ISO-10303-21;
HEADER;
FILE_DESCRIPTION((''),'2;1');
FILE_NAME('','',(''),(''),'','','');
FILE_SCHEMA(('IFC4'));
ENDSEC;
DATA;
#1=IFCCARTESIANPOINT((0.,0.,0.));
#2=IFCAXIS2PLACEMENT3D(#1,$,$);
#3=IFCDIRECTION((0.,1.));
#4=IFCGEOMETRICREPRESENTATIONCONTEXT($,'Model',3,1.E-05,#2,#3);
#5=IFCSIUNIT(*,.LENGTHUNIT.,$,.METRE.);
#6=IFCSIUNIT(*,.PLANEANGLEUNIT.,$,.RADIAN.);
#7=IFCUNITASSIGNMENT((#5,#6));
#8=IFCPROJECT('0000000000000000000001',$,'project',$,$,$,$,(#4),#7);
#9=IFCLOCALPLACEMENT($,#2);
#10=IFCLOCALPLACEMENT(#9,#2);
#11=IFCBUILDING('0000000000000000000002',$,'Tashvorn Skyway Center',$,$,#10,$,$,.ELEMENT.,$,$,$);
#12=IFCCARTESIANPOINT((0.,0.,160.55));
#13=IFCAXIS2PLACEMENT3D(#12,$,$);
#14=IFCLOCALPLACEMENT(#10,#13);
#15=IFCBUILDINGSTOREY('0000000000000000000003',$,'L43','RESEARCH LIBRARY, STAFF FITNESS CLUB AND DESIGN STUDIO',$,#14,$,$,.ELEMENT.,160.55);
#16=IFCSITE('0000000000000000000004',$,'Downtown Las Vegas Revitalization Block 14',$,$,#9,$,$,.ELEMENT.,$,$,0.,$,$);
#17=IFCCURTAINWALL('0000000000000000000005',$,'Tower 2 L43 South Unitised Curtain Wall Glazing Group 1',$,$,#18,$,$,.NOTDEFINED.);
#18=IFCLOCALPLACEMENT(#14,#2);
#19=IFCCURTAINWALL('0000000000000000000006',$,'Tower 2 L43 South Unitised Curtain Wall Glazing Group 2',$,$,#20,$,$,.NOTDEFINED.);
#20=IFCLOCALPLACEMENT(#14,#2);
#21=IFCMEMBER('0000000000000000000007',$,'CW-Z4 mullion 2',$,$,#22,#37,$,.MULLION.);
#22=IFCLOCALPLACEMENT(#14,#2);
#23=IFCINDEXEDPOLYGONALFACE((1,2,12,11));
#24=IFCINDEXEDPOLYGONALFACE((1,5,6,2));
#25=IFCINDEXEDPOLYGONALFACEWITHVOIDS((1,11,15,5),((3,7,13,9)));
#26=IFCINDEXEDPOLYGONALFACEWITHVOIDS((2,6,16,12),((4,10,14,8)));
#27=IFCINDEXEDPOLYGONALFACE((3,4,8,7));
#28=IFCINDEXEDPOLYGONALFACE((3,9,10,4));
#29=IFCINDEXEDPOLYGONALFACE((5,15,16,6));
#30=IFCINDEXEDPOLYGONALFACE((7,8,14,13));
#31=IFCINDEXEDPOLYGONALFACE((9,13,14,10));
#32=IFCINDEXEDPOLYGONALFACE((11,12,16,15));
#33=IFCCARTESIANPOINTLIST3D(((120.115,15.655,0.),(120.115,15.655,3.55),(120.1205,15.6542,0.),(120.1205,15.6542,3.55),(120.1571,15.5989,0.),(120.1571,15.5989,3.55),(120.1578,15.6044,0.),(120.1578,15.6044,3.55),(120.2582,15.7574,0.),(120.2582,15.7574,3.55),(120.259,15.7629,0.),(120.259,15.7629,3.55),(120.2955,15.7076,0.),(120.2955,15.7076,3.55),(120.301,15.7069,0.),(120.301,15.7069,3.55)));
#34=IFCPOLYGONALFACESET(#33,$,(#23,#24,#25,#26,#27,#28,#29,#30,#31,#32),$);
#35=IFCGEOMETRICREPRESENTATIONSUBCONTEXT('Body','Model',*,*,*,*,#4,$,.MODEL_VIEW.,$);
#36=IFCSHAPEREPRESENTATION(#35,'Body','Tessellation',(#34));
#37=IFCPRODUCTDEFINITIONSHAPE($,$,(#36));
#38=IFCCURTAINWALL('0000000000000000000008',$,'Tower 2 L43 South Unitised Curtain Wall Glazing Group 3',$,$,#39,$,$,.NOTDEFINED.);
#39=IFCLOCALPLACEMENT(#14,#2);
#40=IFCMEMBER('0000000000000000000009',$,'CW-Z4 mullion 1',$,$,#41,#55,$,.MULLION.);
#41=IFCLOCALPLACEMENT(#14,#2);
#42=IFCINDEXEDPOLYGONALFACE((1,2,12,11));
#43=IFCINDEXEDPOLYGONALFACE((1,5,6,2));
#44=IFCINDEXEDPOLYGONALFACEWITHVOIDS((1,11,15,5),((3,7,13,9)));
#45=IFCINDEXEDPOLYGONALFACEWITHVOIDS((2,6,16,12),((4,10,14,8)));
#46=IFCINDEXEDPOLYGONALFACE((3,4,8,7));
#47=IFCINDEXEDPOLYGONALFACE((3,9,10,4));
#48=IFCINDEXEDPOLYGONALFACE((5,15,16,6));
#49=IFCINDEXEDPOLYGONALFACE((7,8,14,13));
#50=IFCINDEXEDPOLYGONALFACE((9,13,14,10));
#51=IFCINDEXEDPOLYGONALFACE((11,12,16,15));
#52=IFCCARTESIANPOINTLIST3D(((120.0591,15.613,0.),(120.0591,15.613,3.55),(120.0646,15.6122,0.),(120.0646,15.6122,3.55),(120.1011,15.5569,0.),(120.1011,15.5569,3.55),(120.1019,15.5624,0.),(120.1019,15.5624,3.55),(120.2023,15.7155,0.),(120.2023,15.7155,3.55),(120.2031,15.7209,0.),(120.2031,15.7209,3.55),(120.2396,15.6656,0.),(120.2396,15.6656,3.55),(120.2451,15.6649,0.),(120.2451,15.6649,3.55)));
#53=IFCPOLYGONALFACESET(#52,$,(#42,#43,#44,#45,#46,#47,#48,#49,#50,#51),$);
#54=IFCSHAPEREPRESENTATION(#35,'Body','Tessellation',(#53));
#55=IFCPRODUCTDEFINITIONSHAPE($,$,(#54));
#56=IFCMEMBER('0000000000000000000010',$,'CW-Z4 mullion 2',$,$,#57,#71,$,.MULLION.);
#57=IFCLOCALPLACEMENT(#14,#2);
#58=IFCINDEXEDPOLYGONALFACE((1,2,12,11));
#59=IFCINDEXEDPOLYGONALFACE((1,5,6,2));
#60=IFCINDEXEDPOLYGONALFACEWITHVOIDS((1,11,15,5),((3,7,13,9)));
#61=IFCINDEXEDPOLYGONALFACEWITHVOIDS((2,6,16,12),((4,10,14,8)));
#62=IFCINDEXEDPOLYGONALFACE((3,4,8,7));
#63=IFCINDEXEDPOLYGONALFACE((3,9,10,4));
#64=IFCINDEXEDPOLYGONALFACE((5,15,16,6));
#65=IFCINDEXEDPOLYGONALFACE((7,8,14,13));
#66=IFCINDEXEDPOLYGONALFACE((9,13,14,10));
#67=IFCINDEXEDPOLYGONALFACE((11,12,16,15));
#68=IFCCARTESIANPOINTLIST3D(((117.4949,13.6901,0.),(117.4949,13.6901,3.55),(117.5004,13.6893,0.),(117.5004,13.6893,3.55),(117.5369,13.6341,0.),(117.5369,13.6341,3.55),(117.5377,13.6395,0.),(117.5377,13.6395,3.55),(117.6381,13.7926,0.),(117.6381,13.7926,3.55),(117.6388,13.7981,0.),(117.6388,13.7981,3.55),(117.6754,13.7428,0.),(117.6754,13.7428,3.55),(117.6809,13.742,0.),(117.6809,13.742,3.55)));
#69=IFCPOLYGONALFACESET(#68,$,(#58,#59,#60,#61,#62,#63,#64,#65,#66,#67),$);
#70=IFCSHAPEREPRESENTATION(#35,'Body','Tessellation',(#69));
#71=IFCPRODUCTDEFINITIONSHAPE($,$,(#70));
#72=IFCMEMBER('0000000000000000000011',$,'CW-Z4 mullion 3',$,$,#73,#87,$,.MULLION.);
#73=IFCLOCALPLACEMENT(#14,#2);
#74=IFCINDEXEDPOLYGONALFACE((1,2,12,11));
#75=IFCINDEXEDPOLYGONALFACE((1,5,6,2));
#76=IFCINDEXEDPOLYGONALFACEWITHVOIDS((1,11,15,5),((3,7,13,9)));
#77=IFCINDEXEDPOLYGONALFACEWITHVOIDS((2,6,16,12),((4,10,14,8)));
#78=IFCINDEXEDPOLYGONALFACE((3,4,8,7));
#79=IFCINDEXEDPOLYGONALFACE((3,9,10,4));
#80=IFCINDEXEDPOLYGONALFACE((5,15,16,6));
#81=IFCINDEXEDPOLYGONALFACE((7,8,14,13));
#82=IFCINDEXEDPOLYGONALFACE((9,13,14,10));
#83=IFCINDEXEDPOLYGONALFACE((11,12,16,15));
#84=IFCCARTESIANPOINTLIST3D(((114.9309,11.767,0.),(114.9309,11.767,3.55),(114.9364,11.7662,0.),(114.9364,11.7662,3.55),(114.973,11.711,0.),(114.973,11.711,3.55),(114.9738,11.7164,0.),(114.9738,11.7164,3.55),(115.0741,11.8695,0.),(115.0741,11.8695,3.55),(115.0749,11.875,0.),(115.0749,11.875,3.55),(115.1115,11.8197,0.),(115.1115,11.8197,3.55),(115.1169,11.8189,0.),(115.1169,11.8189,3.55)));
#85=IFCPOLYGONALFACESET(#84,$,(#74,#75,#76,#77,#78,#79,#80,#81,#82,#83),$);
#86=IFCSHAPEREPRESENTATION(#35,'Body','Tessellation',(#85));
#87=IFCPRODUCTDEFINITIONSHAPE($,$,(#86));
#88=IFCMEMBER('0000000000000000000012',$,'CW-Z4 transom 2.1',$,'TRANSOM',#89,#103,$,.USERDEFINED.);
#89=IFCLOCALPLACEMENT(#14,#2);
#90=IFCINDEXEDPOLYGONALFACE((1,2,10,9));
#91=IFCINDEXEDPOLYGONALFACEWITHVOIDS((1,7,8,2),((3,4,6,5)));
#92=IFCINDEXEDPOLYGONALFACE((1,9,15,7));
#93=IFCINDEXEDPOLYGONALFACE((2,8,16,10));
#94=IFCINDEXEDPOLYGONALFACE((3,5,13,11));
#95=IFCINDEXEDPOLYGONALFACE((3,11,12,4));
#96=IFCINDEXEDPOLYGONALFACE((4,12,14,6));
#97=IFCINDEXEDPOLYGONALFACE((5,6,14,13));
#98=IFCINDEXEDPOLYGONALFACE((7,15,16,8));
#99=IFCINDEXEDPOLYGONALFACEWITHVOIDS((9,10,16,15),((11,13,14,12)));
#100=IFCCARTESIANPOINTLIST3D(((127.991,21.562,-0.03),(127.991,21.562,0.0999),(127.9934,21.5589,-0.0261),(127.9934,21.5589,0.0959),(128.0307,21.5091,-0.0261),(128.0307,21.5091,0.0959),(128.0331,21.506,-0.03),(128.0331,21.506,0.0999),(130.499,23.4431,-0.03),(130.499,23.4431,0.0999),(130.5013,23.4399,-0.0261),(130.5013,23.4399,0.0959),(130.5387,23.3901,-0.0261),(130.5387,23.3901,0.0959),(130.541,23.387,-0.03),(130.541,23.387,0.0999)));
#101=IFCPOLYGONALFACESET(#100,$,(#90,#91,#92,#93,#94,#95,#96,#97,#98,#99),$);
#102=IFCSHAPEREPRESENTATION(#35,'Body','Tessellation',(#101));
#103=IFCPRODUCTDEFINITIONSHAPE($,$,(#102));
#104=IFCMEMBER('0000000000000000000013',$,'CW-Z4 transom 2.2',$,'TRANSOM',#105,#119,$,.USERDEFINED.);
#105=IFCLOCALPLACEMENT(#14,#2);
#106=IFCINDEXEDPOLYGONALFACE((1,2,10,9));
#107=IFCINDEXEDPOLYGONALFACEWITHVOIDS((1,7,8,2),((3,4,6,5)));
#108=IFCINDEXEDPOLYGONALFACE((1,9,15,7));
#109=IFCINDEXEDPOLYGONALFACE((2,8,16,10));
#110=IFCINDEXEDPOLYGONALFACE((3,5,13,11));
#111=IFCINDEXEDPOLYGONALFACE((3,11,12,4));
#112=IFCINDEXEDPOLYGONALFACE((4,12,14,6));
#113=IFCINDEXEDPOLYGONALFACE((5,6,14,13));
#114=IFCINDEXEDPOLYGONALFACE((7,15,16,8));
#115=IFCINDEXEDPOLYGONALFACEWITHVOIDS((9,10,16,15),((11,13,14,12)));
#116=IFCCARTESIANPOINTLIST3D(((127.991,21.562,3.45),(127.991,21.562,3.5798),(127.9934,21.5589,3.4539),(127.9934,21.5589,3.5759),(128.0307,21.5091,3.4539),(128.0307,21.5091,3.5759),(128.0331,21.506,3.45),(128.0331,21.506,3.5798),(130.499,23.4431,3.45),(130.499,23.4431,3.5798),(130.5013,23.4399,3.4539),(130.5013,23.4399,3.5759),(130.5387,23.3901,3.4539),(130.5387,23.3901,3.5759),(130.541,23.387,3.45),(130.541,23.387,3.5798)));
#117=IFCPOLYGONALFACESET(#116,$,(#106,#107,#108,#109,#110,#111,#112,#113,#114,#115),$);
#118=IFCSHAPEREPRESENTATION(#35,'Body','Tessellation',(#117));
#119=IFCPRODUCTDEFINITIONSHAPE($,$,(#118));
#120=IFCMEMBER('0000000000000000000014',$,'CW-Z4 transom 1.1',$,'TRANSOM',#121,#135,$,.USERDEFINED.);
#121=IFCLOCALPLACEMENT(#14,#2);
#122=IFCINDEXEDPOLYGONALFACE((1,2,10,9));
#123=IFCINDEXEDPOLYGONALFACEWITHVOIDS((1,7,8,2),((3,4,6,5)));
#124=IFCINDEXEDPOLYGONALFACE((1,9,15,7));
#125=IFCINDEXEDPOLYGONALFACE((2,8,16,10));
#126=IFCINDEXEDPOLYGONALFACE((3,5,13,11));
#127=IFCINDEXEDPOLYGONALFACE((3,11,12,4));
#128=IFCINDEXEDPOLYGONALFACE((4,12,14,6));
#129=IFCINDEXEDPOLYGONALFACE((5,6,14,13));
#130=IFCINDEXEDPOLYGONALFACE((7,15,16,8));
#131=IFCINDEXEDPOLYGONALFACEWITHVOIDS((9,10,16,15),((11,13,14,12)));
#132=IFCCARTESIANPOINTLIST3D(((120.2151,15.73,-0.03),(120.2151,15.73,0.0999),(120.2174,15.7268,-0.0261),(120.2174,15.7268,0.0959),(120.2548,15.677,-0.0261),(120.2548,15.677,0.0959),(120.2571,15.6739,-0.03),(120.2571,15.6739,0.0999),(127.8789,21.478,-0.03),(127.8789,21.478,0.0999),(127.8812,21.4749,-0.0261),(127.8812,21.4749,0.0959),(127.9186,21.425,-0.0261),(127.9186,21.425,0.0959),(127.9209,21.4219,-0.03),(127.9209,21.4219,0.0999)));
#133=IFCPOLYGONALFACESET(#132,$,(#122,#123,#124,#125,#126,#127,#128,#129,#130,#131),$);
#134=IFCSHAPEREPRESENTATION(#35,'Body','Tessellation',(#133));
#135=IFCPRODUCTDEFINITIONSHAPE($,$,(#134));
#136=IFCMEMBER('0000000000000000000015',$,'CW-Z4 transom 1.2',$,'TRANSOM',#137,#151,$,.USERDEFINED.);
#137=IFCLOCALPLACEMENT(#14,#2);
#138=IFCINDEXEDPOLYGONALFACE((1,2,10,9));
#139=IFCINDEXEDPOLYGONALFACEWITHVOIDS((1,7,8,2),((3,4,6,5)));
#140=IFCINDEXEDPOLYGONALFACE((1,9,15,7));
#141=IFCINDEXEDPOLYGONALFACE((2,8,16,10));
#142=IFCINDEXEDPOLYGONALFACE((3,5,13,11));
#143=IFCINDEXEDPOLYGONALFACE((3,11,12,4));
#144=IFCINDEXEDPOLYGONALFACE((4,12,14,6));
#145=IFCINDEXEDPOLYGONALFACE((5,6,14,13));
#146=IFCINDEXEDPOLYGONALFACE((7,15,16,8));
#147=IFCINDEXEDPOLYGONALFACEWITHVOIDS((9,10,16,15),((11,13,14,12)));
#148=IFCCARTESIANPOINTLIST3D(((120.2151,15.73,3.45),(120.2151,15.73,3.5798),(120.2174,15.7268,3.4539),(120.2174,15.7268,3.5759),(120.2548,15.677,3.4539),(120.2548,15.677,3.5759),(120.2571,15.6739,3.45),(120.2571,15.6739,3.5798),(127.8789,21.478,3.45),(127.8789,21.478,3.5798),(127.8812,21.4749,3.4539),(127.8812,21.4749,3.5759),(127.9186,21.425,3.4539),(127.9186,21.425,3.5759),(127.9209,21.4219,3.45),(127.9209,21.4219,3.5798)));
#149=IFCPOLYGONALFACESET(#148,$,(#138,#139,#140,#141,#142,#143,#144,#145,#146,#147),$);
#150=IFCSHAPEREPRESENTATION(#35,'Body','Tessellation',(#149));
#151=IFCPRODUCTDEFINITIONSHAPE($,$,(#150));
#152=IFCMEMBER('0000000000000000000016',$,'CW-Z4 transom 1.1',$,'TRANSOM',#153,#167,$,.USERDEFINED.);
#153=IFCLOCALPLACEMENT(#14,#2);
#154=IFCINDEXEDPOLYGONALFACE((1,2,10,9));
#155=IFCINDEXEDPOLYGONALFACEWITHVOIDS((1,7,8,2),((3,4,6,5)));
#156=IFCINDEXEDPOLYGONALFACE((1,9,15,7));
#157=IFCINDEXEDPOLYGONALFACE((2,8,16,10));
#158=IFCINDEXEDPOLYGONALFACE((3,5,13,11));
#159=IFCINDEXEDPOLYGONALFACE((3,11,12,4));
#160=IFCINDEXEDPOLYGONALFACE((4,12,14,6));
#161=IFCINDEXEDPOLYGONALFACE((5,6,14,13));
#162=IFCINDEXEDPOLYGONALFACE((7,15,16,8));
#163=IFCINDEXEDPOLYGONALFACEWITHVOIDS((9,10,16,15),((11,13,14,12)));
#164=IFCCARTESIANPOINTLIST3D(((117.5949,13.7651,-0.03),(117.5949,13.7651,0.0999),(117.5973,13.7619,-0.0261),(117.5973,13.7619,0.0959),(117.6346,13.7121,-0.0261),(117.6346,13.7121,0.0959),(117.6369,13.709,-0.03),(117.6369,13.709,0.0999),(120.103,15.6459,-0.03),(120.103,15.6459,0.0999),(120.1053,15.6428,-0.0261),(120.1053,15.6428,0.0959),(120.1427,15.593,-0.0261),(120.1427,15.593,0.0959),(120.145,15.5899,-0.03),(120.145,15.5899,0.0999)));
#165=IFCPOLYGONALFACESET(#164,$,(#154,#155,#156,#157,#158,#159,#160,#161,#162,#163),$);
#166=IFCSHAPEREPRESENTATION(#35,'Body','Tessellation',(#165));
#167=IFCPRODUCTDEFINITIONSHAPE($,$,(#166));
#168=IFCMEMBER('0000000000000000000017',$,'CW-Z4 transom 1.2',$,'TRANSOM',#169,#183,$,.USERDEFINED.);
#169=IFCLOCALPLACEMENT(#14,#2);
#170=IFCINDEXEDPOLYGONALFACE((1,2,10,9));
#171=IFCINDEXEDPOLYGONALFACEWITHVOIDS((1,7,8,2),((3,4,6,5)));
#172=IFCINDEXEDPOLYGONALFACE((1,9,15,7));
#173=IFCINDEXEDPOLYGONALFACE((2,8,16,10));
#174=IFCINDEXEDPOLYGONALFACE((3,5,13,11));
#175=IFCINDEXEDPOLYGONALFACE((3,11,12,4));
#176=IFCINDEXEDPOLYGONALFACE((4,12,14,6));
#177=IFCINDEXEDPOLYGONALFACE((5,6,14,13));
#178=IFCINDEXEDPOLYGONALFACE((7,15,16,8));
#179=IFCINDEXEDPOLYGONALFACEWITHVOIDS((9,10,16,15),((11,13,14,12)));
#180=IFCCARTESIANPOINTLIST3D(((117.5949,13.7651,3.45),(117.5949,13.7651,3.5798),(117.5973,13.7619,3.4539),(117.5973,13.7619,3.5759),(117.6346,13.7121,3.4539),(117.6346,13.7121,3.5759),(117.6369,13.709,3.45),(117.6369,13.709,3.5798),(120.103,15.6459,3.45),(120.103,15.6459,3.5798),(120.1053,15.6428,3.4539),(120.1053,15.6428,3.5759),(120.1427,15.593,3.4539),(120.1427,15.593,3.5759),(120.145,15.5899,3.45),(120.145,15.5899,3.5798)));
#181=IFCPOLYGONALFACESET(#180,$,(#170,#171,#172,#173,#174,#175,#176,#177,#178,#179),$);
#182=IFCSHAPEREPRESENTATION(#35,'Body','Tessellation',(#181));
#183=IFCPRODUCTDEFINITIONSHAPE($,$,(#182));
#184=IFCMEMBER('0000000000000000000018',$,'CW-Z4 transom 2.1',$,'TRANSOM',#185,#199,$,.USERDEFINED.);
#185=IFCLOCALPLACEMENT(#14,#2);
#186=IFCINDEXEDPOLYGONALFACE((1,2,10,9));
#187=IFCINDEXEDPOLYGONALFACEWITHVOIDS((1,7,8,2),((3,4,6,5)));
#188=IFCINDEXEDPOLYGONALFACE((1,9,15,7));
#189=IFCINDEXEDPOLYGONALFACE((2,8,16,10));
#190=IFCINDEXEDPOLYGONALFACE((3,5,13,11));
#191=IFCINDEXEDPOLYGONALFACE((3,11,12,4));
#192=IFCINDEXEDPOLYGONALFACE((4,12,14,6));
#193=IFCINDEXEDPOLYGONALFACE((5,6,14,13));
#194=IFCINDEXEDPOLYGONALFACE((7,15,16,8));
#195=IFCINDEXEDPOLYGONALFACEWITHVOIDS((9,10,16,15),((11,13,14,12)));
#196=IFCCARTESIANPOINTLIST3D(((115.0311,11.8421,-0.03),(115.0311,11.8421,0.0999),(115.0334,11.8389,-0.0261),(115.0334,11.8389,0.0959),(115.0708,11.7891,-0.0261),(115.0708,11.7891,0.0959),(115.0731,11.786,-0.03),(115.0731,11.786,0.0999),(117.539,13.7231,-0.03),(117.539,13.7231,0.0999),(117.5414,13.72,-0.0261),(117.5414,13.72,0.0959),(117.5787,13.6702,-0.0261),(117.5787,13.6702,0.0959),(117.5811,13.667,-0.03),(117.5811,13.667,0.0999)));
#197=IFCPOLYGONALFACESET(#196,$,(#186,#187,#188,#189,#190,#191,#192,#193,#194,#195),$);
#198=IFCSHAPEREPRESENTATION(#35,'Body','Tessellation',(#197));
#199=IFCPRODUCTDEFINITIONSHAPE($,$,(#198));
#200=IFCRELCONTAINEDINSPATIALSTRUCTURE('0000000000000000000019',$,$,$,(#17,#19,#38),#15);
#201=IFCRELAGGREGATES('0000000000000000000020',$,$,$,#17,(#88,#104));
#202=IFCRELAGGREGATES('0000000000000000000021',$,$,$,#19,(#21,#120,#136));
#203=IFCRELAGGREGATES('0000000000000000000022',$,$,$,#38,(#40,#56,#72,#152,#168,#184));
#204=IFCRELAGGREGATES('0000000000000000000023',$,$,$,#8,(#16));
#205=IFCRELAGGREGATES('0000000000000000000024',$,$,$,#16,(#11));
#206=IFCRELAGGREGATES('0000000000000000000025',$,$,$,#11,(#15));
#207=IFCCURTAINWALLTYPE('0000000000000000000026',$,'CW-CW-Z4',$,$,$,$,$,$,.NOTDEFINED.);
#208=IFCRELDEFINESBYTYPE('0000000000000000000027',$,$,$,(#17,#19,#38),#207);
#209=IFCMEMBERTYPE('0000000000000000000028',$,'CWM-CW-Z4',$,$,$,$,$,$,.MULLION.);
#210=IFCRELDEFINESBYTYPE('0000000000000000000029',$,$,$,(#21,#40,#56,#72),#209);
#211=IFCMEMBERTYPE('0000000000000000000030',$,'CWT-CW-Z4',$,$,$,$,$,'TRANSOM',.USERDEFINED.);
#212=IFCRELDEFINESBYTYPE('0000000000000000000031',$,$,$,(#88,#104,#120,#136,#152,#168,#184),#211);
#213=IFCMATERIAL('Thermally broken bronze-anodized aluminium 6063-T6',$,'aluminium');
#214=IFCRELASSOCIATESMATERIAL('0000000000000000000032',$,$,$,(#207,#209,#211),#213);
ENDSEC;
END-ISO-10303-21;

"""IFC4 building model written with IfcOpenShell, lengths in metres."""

from ifc_helpers import new_model, si_unit, direction, frame, origin, origin_2d, place, context, subcontext, project, spatial, hollow_rectangle, extrude, material, material_profile, profile_set, type_object, element, aggregate, save


model = new_model("IFC4")

# Units and contexts
model_context = context("Model", 3, precision=1e-05, world=origin(), true_north=direction((0.0, 1.0)))
body_context = subcontext(model_context, "Body", "Model", "MODEL_VIEW")
ifc_project = project(units=[si_unit("LENGTHUNIT", "METRE"), si_unit("PLANEANGLEUNIT", "RADIAN")], contexts=[model_context])

# Site, building, storey
site_placement = place(None, origin())
site = spatial("IfcSite", under=ifc_project, at=site_placement, Name="Downtown Las Vegas Revitalization Block 14", CompositionType="ELEMENT", RefElevation=0.0)
building_placement = place(site_placement, origin())
building = spatial("IfcBuilding", under=site, at=building_placement, Name="Tashvorn Skyway Center", CompositionType="ELEMENT")
storey_placement = place(building_placement, frame((0.0, 0.0, 160.55)))
storey = spatial("IfcBuildingStorey", under=building, at=storey_placement, Name="L43", Description="RESEARCH LIBRARY, STAFF FITNESS CLUB AND DESIGN STUDIO", CompositionType="ELEMENT", Elevation=160.55)

# Curtain walls, members
ifc_material_1 = material(Name="Thermally broken bronze-anodized aluminium 6063-T6", Category="aluminium")
curtain_wall_type = type_object("IfcCurtainWallType", Name="CW-CW-Z4", PredefinedType="NOTDEFINED", material=ifc_material_1)
curtain_wall_1_placement = place(storey_placement, origin())
curtain_wall_1 = element("IfcCurtainWall", 1, at=curtain_wall_1_placement, inside=storey, type_object=curtain_wall_type, Name="Tower 2 L43 South Unitised Curtain Wall Glazing Group 1", PredefinedType="NOTDEFINED")
ifc_material_profile_1 = material_profile(ifc_material_1, hollow_rectangle(XDim=0.0701, YDim=0.1799, WallThickness=0.0039, at=origin_2d()), Name="ALU-MULL-70x180")
ifc_profile_set_1 = profile_set([ifc_material_profile_1], Name="Thermally broken bronze-anodized aluminium 6063-T6")
member_type_1 = type_object("IfcMemberType", Name="CWM-CW-Z4", PredefinedType="MULLION", material=ifc_profile_set_1)
curtain_wall_2_placement = place(storey_placement, origin())
curtain_wall_2 = element("IfcCurtainWall", 2, at=curtain_wall_2_placement, inside=storey, type_object=curtain_wall_type, Name="Tower 2 L43 South Unitised Curtain Wall Glazing Group 2", PredefinedType="NOTDEFINED")
member_1_placement = place(storey_placement, frame((120.208, 15.6809, 0.0), z_axis=(0.0, 0.0, 1.0), x_axis=(0.6, -0.8, 0.0)))
member_1 = element("IfcMember", 3, at=member_1_placement, type_object=member_type_1, Name="CW-Z4 mullion 2", PredefinedType="MULLION", context=body_context, shape_type="SweptSolid", body=[
    extrude(hollow_rectangle(XDim=0.0701, YDim=0.1799, WallThickness=0.0039, at=origin_2d()), origin(), (0.0, 0.0, 1.0), 3.55),
])
curtain_wall_3_placement = place(storey_placement, origin())
curtain_wall_3 = element("IfcCurtainWall", 4, at=curtain_wall_3_placement, inside=storey, type_object=curtain_wall_type, Name="Tower 2 L43 South Unitised Curtain Wall Glazing Group 3", PredefinedType="NOTDEFINED")
member_2_placement = place(storey_placement, frame((120.1521, 15.6389, 0.0), z_axis=(0.0, 0.0, 1.0), x_axis=(0.6, -0.8, 0.0)))
member_2 = element("IfcMember", 5, at=member_2_placement, type_object=member_type_1, Name="CW-Z4 mullion 1", PredefinedType="MULLION", context=body_context, shape_type="SweptSolid", body=[
    extrude(hollow_rectangle(XDim=0.0701, YDim=0.1799, WallThickness=0.0039, at=origin_2d()), origin(), (0.0, 0.0, 1.0), 3.55),
])
member_3_placement = place(storey_placement, frame((117.5879, 13.7161, 0.0), z_axis=(0.0, 0.0, 1.0), x_axis=(0.6, -0.8, 0.0)))
member_3 = element("IfcMember", 6, at=member_3_placement, type_object=member_type_1, Name="CW-Z4 mullion 2", PredefinedType="MULLION", context=body_context, shape_type="SweptSolid", body=[
    extrude(hollow_rectangle(XDim=0.0701, YDim=0.1799, WallThickness=0.0039, at=origin_2d()), origin(), (0.0, 0.0, 1.0), 3.55),
])
member_4_placement = place(storey_placement, frame((115.0239, 11.793, 0.0), z_axis=(0.0, 0.0, 1.0), x_axis=(0.6, -0.8, 0.0)))
member_4 = element("IfcMember", 7, at=member_4_placement, type_object=member_type_1, Name="CW-Z4 mullion 3", PredefinedType="MULLION", context=body_context, shape_type="SweptSolid", body=[
    extrude(hollow_rectangle(XDim=0.0701, YDim=0.1799, WallThickness=0.0039, at=origin_2d()), origin(), (0.0, 0.0, 1.0), 3.55),
])

# Members
ifc_material_profile_2 = material_profile(ifc_material_1, hollow_rectangle(XDim=0.0701, YDim=0.1299, WallThickness=0.0039, at=origin_2d()), Name="ALU-TRAN-70x130")
ifc_profile_set_2 = profile_set([ifc_material_profile_2], Name="Thermally broken bronze-anodized aluminium 6063-T6")
member_type_2 = type_object("IfcMemberType", Name="CWT-CW-Z4", ElementType="TRANSOM", PredefinedType="USERDEFINED", material=ifc_profile_set_2)
member_5_placement = place(storey_placement, frame((130.52, 23.415, 0.0349), z_axis=(-0.799991, -0.600012, 0.0), x_axis=(0.600012, -0.799991, 0.0)))
member_5 = element("IfcMember", 8, at=member_5_placement, type_object=member_type_2, Name="CW-Z4 transom 2.1", ObjectType="TRANSOM", PredefinedType="USERDEFINED", context=body_context, shape_type="SweptSolid", body=[
    extrude(hollow_rectangle(XDim=0.0701, YDim=0.1299, WallThickness=0.0039, at=origin_2d()), origin(), (0.0, 0.0, 1.0), 3.135),
])
member_6_placement = place(storey_placement, frame((130.52, 23.415, 3.5149), z_axis=(-0.799991, -0.600012, 0.0), x_axis=(0.600012, -0.799991, 0.0)))
member_6 = element("IfcMember", 9, at=member_6_placement, type_object=member_type_2, Name="CW-Z4 transom 2.2", ObjectType="TRANSOM", PredefinedType="USERDEFINED", context=body_context, shape_type="SweptSolid", body=[
    extrude(hollow_rectangle(XDim=0.0701, YDim=0.1299, WallThickness=0.0039, at=origin_2d()), origin(), (0.0, 0.0, 1.0), 3.135),
])
member_7_placement = place(storey_placement, frame((127.8999, 21.45, 0.0349), z_axis=(-0.799991, -0.600012, 0.0), x_axis=(0.600012, -0.799991, 0.0)))
member_7 = element("IfcMember", 10, at=member_7_placement, type_object=member_type_2, Name="CW-Z4 transom 1.1", ObjectType="TRANSOM", PredefinedType="USERDEFINED", context=body_context, shape_type="SweptSolid", body=[
    extrude(hollow_rectangle(XDim=0.0701, YDim=0.1299, WallThickness=0.0039, at=origin_2d()), origin(), (0.0, 0.0, 1.0), 9.5798),
])
member_8_placement = place(storey_placement, frame((127.8999, 21.45, 3.5149), z_axis=(-0.799991, -0.600012, 0.0), x_axis=(0.600012, -0.799991, 0.0)))
member_8 = element("IfcMember", 11, at=member_8_placement, type_object=member_type_2, Name="CW-Z4 transom 1.2", ObjectType="TRANSOM", PredefinedType="USERDEFINED", context=body_context, shape_type="SweptSolid", body=[
    extrude(hollow_rectangle(XDim=0.0701, YDim=0.1299, WallThickness=0.0039, at=origin_2d()), origin(), (0.0, 0.0, 1.0), 9.5798),
])
member_9_placement = place(storey_placement, frame((120.124, 15.6179, 0.0349), z_axis=(-0.800028, -0.599963, 0.0), x_axis=(0.599963, -0.800028, 0.0)))
member_9 = element("IfcMember", 12, at=member_9_placement, type_object=member_type_2, Name="CW-Z4 transom 1.1", ObjectType="TRANSOM", PredefinedType="USERDEFINED", context=body_context, shape_type="SweptSolid", body=[
    extrude(hollow_rectangle(XDim=0.0701, YDim=0.1299, WallThickness=0.0039, at=origin_2d()), origin(), (0.0, 0.0, 1.0), 3.135),
])
member_10_placement = place(storey_placement, frame((120.124, 15.6179, 3.5149), z_axis=(-0.800028, -0.599963, 0.0), x_axis=(0.599963, -0.800028, 0.0)))
member_10 = element("IfcMember", 13, at=member_10_placement, type_object=member_type_2, Name="CW-Z4 transom 1.2", ObjectType="TRANSOM", PredefinedType="USERDEFINED", context=body_context, shape_type="SweptSolid", body=[
    extrude(hollow_rectangle(XDim=0.0701, YDim=0.1299, WallThickness=0.0039, at=origin_2d()), origin(), (0.0, 0.0, 1.0), 3.135),
])
member_11_placement = place(storey_placement, frame((117.5601, 13.6951, 0.0349), z_axis=(-0.799991, -0.600012, 0.0), x_axis=(0.600012, -0.799991, 0.0)))
member_11 = element("IfcMember", 14, at=member_11_placement, type_object=member_type_2, Name="CW-Z4 transom 2.1", ObjectType="TRANSOM", PredefinedType="USERDEFINED", context=body_context, shape_type="SweptSolid", body=[
    extrude(hollow_rectangle(XDim=0.0701, YDim=0.1299, WallThickness=0.0039, at=origin_2d()), origin(), (0.0, 0.0, 1.0), 3.135),
])

aggregate(curtain_wall_1, [member_5, member_6])
aggregate(curtain_wall_2, [member_1, member_7, member_8])
aggregate(curtain_wall_3, [member_2, member_3, member_4, member_9, member_10, member_11])

save(model, "model.ifc")
